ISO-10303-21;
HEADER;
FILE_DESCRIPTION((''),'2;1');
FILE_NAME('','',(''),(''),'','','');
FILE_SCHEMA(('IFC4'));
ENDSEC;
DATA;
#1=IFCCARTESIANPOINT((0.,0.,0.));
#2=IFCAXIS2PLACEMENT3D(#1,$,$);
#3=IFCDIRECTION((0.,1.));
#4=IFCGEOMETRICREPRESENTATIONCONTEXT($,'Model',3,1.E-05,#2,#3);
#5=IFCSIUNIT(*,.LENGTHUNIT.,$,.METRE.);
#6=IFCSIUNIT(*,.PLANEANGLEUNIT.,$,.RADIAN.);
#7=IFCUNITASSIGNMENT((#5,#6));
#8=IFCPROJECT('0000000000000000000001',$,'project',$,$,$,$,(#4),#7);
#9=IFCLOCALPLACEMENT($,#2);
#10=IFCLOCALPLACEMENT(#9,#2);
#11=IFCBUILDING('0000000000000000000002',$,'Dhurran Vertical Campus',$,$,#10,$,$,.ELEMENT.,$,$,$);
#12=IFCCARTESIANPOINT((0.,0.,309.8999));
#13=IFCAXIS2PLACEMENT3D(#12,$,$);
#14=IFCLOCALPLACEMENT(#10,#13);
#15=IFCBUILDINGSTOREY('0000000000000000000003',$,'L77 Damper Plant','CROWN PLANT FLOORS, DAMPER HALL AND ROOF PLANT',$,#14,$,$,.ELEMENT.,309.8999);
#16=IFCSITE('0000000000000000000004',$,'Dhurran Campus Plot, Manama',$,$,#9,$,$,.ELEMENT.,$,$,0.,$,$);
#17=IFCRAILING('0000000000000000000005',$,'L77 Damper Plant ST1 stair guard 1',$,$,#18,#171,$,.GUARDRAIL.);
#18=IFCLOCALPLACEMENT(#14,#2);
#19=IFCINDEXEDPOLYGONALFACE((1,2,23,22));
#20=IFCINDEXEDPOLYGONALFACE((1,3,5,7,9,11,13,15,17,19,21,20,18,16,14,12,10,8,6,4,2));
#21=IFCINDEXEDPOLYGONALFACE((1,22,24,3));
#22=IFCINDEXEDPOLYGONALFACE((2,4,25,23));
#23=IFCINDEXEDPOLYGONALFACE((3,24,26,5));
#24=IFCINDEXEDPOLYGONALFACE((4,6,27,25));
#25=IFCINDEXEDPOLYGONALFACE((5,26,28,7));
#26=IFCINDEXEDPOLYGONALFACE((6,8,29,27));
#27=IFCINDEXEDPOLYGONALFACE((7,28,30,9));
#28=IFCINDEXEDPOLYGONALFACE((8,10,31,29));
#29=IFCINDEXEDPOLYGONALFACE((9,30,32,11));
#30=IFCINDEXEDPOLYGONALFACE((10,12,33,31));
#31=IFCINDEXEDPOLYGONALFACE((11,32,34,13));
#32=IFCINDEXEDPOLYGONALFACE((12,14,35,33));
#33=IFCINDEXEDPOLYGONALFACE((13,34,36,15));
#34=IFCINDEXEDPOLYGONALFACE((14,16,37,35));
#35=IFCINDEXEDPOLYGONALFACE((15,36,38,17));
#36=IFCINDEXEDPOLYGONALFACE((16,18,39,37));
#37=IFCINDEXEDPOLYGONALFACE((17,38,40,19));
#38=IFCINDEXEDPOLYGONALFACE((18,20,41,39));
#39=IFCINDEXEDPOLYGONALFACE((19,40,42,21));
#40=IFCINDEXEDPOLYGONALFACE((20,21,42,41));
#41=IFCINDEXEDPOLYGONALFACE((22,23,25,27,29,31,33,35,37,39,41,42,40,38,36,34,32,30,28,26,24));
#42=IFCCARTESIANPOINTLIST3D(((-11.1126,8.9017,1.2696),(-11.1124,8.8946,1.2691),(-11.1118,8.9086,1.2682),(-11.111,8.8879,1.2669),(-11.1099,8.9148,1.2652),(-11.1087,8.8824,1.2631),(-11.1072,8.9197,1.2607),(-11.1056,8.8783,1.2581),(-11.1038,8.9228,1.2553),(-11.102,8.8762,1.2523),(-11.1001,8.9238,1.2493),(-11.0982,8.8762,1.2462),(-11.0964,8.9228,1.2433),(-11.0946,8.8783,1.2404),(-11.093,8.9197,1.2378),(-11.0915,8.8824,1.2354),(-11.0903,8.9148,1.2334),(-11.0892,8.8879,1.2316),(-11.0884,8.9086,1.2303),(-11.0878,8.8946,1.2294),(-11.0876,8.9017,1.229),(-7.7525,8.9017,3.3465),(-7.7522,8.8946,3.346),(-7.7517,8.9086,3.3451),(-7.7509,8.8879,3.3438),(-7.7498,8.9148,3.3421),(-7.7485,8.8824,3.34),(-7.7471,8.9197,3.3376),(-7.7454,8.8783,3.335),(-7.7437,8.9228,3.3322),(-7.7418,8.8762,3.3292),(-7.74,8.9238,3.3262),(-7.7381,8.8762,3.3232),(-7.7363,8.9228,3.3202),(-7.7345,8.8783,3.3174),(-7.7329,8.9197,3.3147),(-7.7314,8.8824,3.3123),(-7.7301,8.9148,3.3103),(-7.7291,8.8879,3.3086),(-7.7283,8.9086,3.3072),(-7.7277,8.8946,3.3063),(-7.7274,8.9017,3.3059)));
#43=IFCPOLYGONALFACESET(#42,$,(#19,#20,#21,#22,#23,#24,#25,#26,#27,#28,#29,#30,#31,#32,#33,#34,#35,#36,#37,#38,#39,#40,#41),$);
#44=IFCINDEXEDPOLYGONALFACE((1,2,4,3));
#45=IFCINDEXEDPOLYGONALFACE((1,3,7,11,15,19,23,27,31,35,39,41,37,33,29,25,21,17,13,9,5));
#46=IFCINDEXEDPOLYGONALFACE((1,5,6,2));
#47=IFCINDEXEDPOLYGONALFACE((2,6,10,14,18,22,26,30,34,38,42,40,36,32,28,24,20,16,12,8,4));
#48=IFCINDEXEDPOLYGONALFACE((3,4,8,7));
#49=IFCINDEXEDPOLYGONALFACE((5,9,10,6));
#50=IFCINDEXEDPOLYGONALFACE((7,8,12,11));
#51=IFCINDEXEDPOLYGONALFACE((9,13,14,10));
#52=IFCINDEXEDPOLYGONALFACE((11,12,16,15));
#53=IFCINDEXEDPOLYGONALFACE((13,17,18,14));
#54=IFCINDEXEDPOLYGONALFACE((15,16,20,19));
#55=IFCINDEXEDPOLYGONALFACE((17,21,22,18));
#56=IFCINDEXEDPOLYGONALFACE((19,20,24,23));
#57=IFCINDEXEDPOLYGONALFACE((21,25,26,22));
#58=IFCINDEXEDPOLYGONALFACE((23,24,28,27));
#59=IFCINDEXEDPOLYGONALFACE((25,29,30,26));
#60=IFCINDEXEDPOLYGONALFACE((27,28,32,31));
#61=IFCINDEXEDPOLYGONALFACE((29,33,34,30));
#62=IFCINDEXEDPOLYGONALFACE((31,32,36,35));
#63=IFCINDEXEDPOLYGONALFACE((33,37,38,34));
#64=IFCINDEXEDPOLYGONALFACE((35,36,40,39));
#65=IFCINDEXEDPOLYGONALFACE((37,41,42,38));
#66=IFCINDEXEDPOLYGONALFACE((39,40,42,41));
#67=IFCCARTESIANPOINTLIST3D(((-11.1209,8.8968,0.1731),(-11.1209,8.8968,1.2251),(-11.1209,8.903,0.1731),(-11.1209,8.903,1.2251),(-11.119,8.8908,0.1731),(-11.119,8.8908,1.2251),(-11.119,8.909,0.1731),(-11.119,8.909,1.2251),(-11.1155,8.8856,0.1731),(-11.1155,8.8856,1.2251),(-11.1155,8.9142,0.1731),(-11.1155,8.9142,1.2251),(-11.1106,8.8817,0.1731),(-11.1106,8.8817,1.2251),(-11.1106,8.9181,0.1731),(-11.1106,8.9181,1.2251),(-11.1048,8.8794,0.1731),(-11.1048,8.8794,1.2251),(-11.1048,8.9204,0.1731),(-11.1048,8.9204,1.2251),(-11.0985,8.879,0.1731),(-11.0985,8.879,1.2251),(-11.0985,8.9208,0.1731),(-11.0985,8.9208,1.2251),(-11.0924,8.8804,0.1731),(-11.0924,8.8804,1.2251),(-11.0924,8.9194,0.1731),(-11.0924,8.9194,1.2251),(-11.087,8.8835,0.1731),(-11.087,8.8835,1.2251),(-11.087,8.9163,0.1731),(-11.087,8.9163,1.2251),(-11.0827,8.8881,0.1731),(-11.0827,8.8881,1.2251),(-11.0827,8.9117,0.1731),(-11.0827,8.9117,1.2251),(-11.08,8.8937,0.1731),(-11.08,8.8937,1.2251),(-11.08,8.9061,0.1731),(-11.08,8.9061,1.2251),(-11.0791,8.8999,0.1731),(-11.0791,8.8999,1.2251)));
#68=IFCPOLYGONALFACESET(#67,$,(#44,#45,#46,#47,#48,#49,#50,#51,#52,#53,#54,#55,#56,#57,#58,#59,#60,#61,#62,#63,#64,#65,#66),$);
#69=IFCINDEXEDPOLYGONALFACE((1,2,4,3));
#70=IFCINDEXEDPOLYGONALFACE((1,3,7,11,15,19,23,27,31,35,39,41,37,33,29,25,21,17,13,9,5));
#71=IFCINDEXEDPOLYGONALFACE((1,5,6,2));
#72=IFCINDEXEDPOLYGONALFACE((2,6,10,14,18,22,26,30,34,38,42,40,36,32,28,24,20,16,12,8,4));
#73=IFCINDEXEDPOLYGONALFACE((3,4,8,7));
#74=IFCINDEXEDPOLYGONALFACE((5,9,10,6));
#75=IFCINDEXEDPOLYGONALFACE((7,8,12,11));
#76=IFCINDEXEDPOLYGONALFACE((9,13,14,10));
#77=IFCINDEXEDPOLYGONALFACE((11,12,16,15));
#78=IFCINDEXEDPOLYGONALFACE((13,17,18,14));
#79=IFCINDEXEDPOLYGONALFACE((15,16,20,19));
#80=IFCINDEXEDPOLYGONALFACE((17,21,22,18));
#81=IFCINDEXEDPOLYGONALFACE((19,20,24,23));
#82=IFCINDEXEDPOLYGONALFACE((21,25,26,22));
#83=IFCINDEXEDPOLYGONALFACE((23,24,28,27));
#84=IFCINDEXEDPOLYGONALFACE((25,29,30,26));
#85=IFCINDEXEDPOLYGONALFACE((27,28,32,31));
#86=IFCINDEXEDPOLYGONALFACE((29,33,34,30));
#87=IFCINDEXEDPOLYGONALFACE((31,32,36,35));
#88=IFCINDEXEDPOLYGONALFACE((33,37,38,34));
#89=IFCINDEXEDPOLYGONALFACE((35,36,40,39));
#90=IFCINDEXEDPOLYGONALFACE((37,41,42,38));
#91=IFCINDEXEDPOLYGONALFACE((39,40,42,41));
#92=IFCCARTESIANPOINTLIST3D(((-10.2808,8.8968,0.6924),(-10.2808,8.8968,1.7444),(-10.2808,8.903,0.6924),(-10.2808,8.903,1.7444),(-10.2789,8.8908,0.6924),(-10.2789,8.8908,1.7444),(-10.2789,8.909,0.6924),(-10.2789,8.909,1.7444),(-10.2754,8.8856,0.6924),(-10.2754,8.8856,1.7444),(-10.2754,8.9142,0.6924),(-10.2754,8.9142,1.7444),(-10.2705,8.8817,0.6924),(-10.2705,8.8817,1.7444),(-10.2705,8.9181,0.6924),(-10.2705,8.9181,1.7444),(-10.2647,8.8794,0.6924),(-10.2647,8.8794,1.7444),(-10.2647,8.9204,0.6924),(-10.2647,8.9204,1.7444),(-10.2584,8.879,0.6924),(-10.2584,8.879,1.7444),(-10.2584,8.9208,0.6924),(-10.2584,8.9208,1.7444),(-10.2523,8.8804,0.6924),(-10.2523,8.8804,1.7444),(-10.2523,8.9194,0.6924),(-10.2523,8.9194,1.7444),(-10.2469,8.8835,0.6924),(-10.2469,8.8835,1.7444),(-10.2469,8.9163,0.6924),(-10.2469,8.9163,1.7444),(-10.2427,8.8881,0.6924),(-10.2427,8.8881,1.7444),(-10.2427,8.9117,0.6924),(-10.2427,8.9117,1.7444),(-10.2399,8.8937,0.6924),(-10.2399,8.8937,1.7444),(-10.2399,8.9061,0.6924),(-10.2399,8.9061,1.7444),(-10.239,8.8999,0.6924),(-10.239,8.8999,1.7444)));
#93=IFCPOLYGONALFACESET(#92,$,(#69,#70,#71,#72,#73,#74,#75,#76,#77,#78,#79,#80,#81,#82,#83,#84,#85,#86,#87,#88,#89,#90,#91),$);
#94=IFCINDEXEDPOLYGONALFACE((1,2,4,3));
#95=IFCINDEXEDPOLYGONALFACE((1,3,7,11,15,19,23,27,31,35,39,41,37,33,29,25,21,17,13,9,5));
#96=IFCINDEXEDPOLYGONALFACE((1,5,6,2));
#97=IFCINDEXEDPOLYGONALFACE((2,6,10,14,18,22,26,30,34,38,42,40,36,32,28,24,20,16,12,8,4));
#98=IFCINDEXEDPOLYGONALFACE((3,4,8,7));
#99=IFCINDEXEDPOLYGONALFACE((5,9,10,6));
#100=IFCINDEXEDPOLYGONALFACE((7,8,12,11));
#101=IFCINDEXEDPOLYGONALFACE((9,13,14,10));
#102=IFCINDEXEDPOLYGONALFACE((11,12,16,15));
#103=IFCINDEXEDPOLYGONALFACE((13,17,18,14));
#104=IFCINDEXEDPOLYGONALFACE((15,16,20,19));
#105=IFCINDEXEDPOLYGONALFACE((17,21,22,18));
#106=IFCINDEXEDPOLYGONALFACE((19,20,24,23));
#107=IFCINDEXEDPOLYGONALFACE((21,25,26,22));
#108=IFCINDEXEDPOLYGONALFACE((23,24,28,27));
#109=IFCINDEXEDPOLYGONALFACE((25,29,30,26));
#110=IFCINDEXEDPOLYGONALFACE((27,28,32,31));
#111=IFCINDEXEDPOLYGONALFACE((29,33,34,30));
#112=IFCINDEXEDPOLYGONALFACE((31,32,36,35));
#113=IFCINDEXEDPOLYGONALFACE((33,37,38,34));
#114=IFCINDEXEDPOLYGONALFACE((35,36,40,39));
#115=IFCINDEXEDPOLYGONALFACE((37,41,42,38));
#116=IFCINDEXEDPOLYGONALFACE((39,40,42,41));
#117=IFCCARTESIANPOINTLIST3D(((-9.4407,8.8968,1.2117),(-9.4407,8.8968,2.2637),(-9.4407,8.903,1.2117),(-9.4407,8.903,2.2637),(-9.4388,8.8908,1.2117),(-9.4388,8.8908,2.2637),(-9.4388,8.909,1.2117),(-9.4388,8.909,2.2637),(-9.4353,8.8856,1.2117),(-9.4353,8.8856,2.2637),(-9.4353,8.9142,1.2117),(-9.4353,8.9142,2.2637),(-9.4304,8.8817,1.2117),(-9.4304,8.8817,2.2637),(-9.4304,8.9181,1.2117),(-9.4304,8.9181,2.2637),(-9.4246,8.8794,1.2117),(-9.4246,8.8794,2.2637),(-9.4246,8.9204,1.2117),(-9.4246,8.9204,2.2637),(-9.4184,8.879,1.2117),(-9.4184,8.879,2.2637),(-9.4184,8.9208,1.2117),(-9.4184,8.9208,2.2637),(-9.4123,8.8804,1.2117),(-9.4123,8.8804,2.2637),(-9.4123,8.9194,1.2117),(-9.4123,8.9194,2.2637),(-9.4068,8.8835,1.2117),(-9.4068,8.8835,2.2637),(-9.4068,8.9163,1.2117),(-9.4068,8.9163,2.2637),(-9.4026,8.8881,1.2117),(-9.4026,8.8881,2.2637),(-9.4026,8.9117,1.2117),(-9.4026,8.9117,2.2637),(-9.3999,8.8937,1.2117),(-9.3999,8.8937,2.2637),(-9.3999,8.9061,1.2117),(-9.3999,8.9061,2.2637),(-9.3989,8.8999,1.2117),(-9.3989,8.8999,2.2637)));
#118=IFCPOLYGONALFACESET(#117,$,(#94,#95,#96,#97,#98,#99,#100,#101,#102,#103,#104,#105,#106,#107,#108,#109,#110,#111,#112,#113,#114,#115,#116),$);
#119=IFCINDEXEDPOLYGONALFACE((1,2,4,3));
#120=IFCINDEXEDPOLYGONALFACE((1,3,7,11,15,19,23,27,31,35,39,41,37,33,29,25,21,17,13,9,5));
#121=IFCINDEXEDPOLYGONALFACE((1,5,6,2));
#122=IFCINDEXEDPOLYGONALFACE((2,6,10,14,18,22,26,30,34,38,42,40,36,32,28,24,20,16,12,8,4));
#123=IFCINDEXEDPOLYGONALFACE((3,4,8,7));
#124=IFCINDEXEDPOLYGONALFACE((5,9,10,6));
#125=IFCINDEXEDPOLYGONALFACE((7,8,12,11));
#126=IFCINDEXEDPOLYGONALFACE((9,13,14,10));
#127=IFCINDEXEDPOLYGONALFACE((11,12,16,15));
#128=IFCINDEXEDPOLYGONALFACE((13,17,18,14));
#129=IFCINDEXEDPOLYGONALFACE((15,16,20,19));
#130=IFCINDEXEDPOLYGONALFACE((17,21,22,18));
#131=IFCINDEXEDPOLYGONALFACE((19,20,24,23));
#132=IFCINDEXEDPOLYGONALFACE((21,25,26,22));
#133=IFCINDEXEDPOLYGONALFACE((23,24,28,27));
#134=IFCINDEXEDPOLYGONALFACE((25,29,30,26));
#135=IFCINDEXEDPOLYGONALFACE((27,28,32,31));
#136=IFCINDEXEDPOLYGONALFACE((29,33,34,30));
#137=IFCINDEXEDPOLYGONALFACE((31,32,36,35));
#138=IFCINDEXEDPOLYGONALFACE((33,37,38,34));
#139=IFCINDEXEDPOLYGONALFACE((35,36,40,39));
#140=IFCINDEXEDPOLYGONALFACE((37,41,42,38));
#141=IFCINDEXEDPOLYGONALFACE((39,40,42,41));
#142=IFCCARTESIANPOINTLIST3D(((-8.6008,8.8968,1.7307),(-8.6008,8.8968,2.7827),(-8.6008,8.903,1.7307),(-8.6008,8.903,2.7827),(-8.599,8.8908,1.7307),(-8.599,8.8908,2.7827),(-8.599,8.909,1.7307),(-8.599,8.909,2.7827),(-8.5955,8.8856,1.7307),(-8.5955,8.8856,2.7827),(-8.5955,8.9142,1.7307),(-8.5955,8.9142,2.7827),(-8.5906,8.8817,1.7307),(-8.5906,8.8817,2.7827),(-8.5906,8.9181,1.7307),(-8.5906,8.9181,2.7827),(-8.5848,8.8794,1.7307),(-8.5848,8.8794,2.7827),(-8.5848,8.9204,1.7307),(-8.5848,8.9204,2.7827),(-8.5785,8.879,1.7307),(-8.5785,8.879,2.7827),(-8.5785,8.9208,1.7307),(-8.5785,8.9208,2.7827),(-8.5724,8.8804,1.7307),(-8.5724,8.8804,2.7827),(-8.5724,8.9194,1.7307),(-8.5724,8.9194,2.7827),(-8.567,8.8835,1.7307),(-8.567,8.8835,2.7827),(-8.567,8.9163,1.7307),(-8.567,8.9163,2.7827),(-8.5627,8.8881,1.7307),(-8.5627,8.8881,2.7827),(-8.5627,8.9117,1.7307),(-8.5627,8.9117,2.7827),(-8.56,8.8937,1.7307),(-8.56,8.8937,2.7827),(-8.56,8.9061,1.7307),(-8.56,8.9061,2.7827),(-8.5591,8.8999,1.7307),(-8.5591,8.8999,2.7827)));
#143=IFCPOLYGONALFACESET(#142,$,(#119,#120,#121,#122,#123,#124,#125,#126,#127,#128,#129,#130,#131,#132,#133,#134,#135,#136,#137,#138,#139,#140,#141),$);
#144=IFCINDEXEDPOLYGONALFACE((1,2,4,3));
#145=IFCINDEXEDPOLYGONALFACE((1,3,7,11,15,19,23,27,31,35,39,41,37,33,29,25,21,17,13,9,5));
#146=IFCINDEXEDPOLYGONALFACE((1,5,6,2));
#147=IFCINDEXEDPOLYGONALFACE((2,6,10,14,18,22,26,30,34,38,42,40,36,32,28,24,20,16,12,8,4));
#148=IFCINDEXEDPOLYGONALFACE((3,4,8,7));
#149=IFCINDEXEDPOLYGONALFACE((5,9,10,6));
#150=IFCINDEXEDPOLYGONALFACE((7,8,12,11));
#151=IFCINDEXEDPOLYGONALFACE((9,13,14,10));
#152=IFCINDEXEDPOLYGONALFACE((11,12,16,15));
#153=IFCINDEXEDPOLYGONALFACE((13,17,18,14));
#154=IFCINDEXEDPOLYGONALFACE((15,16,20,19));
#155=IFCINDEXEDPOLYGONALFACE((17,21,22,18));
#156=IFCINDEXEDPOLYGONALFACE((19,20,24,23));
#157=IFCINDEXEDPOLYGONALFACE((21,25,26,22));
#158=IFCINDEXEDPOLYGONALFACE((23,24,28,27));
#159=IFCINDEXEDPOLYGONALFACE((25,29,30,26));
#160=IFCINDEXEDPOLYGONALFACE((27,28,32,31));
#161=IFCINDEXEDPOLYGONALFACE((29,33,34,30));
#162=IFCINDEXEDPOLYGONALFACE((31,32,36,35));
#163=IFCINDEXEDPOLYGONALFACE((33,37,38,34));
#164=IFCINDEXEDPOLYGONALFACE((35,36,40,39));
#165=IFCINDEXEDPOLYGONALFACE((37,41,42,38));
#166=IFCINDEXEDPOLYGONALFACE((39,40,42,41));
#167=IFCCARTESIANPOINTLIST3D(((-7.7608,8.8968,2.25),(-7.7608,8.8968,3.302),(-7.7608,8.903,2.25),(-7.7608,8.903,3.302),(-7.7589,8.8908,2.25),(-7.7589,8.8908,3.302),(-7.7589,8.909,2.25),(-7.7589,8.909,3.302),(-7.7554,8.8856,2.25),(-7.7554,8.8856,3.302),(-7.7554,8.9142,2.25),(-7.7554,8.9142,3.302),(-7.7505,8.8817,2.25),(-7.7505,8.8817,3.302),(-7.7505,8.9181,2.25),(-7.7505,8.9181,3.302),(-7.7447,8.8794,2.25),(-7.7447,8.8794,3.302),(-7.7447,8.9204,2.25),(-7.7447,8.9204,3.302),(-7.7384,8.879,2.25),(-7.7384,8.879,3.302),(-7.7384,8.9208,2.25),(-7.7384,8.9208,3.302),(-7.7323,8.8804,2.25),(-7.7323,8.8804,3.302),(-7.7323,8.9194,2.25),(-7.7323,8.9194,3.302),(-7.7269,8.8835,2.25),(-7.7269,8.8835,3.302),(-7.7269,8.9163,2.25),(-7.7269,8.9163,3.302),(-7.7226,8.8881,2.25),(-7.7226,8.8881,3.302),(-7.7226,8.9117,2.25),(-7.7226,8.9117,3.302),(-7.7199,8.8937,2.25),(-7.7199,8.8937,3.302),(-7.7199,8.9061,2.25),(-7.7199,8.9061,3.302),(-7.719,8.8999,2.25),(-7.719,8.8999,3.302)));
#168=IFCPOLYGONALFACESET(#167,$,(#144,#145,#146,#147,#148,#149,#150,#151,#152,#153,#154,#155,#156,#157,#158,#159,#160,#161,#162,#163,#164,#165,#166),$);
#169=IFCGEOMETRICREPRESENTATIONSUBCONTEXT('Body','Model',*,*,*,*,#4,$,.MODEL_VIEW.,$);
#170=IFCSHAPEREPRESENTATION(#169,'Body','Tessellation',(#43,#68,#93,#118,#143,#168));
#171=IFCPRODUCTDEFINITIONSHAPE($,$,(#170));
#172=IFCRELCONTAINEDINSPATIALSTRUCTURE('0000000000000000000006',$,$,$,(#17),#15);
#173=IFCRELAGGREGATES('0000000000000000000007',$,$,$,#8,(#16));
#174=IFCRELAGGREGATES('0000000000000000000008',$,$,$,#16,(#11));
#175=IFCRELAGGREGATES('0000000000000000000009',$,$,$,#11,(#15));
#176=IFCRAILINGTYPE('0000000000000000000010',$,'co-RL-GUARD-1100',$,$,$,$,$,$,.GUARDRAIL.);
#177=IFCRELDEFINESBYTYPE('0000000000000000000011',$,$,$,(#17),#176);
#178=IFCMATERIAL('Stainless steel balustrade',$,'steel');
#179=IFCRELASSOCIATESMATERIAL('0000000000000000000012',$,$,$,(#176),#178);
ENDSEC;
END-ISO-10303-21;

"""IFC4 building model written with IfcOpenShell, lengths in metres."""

from ifc_helpers import new_model, si_unit, direction, frame, origin, origin_2d, place, context, subcontext, project, spatial, circle, extrude, material, type_object, element, save


model = new_model("IFC4")

# Units and contexts
model_context = context("Model", 3, precision=1e-05, world=origin(), true_north=direction((0.0, 1.0)))
body_context = subcontext(model_context, "Body", "Model", "MODEL_VIEW")
ifc_project = project(units=[si_unit("LENGTHUNIT", "METRE"), si_unit("PLANEANGLEUNIT", "RADIAN")], contexts=[model_context])

# Site, building, storey
site_placement = place(None, origin())
site = spatial("IfcSite", under=ifc_project, at=site_placement, Name="Dhurran Campus Plot, Manama", CompositionType="ELEMENT", RefElevation=0.0)
building_placement = place(site_placement, origin())
building = spatial("IfcBuilding", under=site, at=building_placement, Name="Dhurran Vertical Campus", CompositionType="ELEMENT")
storey_placement = place(building_placement, frame((0.0, 0.0, 309.8999)))
storey = spatial("IfcBuildingStorey", under=building, at=storey_placement, Name="L77 Damper Plant", Description="CROWN PLANT FLOORS, DAMPER HALL AND ROOF PLANT", CompositionType="ELEMENT", Elevation=309.8999)

# Railing
ifc_material_1 = material(Name="Stainless steel balustrade", Category="steel")
railing_type_1 = type_object("IfcRailingType", Name="co-RL-GUARD-1100", PredefinedType="GUARDRAIL", material=ifc_material_1)
for number, where, name in (
    (1, (-11.1001, 8.8999, 0.1731), "L77 Damper Plant ST1 stair guard 1"),
):
    element("IfcRailing", number, at=place(storey_placement, frame(where)), inside=storey, type_object=railing_type_1, Name=name, PredefinedType="GUARDRAIL", context=body_context, shape_type="SweptSolid", body=[
        extrude(circle(Radius=0.0239, at=origin_2d()), frame((0.0, 0.0, 1.0762), z_axis=(0.850623, 0.0, 0.525776), x_axis=(0.0, 1.0, 0.0)), (0.0, 0.0, 1.0), 3.9502),
        extrude(circle(Radius=0.021, at=origin_2d()), origin(), (0.0, 0.0, 1.0), 1.052),
        extrude(circle(Radius=0.021, at=origin_2d()), frame((0.8401, 0.0, 0.5193)), (0.0, 0.0, 1.0), 1.052),
        extrude(circle(Radius=0.021, at=origin_2d()), frame((1.6802, 0.0, 1.0386)), (0.0, 0.0, 1.0), 1.052),
        extrude(circle(Radius=0.021, at=origin_2d()), frame((2.52, 0.0, 1.5576)), (0.0, 0.0, 1.0), 1.052),
        extrude(circle(Radius=0.021, at=origin_2d()), frame((3.3601, 0.0, 2.0769)), (0.0, 0.0, 1.0), 1.052),
    ])

save(model, "model.ifc")
